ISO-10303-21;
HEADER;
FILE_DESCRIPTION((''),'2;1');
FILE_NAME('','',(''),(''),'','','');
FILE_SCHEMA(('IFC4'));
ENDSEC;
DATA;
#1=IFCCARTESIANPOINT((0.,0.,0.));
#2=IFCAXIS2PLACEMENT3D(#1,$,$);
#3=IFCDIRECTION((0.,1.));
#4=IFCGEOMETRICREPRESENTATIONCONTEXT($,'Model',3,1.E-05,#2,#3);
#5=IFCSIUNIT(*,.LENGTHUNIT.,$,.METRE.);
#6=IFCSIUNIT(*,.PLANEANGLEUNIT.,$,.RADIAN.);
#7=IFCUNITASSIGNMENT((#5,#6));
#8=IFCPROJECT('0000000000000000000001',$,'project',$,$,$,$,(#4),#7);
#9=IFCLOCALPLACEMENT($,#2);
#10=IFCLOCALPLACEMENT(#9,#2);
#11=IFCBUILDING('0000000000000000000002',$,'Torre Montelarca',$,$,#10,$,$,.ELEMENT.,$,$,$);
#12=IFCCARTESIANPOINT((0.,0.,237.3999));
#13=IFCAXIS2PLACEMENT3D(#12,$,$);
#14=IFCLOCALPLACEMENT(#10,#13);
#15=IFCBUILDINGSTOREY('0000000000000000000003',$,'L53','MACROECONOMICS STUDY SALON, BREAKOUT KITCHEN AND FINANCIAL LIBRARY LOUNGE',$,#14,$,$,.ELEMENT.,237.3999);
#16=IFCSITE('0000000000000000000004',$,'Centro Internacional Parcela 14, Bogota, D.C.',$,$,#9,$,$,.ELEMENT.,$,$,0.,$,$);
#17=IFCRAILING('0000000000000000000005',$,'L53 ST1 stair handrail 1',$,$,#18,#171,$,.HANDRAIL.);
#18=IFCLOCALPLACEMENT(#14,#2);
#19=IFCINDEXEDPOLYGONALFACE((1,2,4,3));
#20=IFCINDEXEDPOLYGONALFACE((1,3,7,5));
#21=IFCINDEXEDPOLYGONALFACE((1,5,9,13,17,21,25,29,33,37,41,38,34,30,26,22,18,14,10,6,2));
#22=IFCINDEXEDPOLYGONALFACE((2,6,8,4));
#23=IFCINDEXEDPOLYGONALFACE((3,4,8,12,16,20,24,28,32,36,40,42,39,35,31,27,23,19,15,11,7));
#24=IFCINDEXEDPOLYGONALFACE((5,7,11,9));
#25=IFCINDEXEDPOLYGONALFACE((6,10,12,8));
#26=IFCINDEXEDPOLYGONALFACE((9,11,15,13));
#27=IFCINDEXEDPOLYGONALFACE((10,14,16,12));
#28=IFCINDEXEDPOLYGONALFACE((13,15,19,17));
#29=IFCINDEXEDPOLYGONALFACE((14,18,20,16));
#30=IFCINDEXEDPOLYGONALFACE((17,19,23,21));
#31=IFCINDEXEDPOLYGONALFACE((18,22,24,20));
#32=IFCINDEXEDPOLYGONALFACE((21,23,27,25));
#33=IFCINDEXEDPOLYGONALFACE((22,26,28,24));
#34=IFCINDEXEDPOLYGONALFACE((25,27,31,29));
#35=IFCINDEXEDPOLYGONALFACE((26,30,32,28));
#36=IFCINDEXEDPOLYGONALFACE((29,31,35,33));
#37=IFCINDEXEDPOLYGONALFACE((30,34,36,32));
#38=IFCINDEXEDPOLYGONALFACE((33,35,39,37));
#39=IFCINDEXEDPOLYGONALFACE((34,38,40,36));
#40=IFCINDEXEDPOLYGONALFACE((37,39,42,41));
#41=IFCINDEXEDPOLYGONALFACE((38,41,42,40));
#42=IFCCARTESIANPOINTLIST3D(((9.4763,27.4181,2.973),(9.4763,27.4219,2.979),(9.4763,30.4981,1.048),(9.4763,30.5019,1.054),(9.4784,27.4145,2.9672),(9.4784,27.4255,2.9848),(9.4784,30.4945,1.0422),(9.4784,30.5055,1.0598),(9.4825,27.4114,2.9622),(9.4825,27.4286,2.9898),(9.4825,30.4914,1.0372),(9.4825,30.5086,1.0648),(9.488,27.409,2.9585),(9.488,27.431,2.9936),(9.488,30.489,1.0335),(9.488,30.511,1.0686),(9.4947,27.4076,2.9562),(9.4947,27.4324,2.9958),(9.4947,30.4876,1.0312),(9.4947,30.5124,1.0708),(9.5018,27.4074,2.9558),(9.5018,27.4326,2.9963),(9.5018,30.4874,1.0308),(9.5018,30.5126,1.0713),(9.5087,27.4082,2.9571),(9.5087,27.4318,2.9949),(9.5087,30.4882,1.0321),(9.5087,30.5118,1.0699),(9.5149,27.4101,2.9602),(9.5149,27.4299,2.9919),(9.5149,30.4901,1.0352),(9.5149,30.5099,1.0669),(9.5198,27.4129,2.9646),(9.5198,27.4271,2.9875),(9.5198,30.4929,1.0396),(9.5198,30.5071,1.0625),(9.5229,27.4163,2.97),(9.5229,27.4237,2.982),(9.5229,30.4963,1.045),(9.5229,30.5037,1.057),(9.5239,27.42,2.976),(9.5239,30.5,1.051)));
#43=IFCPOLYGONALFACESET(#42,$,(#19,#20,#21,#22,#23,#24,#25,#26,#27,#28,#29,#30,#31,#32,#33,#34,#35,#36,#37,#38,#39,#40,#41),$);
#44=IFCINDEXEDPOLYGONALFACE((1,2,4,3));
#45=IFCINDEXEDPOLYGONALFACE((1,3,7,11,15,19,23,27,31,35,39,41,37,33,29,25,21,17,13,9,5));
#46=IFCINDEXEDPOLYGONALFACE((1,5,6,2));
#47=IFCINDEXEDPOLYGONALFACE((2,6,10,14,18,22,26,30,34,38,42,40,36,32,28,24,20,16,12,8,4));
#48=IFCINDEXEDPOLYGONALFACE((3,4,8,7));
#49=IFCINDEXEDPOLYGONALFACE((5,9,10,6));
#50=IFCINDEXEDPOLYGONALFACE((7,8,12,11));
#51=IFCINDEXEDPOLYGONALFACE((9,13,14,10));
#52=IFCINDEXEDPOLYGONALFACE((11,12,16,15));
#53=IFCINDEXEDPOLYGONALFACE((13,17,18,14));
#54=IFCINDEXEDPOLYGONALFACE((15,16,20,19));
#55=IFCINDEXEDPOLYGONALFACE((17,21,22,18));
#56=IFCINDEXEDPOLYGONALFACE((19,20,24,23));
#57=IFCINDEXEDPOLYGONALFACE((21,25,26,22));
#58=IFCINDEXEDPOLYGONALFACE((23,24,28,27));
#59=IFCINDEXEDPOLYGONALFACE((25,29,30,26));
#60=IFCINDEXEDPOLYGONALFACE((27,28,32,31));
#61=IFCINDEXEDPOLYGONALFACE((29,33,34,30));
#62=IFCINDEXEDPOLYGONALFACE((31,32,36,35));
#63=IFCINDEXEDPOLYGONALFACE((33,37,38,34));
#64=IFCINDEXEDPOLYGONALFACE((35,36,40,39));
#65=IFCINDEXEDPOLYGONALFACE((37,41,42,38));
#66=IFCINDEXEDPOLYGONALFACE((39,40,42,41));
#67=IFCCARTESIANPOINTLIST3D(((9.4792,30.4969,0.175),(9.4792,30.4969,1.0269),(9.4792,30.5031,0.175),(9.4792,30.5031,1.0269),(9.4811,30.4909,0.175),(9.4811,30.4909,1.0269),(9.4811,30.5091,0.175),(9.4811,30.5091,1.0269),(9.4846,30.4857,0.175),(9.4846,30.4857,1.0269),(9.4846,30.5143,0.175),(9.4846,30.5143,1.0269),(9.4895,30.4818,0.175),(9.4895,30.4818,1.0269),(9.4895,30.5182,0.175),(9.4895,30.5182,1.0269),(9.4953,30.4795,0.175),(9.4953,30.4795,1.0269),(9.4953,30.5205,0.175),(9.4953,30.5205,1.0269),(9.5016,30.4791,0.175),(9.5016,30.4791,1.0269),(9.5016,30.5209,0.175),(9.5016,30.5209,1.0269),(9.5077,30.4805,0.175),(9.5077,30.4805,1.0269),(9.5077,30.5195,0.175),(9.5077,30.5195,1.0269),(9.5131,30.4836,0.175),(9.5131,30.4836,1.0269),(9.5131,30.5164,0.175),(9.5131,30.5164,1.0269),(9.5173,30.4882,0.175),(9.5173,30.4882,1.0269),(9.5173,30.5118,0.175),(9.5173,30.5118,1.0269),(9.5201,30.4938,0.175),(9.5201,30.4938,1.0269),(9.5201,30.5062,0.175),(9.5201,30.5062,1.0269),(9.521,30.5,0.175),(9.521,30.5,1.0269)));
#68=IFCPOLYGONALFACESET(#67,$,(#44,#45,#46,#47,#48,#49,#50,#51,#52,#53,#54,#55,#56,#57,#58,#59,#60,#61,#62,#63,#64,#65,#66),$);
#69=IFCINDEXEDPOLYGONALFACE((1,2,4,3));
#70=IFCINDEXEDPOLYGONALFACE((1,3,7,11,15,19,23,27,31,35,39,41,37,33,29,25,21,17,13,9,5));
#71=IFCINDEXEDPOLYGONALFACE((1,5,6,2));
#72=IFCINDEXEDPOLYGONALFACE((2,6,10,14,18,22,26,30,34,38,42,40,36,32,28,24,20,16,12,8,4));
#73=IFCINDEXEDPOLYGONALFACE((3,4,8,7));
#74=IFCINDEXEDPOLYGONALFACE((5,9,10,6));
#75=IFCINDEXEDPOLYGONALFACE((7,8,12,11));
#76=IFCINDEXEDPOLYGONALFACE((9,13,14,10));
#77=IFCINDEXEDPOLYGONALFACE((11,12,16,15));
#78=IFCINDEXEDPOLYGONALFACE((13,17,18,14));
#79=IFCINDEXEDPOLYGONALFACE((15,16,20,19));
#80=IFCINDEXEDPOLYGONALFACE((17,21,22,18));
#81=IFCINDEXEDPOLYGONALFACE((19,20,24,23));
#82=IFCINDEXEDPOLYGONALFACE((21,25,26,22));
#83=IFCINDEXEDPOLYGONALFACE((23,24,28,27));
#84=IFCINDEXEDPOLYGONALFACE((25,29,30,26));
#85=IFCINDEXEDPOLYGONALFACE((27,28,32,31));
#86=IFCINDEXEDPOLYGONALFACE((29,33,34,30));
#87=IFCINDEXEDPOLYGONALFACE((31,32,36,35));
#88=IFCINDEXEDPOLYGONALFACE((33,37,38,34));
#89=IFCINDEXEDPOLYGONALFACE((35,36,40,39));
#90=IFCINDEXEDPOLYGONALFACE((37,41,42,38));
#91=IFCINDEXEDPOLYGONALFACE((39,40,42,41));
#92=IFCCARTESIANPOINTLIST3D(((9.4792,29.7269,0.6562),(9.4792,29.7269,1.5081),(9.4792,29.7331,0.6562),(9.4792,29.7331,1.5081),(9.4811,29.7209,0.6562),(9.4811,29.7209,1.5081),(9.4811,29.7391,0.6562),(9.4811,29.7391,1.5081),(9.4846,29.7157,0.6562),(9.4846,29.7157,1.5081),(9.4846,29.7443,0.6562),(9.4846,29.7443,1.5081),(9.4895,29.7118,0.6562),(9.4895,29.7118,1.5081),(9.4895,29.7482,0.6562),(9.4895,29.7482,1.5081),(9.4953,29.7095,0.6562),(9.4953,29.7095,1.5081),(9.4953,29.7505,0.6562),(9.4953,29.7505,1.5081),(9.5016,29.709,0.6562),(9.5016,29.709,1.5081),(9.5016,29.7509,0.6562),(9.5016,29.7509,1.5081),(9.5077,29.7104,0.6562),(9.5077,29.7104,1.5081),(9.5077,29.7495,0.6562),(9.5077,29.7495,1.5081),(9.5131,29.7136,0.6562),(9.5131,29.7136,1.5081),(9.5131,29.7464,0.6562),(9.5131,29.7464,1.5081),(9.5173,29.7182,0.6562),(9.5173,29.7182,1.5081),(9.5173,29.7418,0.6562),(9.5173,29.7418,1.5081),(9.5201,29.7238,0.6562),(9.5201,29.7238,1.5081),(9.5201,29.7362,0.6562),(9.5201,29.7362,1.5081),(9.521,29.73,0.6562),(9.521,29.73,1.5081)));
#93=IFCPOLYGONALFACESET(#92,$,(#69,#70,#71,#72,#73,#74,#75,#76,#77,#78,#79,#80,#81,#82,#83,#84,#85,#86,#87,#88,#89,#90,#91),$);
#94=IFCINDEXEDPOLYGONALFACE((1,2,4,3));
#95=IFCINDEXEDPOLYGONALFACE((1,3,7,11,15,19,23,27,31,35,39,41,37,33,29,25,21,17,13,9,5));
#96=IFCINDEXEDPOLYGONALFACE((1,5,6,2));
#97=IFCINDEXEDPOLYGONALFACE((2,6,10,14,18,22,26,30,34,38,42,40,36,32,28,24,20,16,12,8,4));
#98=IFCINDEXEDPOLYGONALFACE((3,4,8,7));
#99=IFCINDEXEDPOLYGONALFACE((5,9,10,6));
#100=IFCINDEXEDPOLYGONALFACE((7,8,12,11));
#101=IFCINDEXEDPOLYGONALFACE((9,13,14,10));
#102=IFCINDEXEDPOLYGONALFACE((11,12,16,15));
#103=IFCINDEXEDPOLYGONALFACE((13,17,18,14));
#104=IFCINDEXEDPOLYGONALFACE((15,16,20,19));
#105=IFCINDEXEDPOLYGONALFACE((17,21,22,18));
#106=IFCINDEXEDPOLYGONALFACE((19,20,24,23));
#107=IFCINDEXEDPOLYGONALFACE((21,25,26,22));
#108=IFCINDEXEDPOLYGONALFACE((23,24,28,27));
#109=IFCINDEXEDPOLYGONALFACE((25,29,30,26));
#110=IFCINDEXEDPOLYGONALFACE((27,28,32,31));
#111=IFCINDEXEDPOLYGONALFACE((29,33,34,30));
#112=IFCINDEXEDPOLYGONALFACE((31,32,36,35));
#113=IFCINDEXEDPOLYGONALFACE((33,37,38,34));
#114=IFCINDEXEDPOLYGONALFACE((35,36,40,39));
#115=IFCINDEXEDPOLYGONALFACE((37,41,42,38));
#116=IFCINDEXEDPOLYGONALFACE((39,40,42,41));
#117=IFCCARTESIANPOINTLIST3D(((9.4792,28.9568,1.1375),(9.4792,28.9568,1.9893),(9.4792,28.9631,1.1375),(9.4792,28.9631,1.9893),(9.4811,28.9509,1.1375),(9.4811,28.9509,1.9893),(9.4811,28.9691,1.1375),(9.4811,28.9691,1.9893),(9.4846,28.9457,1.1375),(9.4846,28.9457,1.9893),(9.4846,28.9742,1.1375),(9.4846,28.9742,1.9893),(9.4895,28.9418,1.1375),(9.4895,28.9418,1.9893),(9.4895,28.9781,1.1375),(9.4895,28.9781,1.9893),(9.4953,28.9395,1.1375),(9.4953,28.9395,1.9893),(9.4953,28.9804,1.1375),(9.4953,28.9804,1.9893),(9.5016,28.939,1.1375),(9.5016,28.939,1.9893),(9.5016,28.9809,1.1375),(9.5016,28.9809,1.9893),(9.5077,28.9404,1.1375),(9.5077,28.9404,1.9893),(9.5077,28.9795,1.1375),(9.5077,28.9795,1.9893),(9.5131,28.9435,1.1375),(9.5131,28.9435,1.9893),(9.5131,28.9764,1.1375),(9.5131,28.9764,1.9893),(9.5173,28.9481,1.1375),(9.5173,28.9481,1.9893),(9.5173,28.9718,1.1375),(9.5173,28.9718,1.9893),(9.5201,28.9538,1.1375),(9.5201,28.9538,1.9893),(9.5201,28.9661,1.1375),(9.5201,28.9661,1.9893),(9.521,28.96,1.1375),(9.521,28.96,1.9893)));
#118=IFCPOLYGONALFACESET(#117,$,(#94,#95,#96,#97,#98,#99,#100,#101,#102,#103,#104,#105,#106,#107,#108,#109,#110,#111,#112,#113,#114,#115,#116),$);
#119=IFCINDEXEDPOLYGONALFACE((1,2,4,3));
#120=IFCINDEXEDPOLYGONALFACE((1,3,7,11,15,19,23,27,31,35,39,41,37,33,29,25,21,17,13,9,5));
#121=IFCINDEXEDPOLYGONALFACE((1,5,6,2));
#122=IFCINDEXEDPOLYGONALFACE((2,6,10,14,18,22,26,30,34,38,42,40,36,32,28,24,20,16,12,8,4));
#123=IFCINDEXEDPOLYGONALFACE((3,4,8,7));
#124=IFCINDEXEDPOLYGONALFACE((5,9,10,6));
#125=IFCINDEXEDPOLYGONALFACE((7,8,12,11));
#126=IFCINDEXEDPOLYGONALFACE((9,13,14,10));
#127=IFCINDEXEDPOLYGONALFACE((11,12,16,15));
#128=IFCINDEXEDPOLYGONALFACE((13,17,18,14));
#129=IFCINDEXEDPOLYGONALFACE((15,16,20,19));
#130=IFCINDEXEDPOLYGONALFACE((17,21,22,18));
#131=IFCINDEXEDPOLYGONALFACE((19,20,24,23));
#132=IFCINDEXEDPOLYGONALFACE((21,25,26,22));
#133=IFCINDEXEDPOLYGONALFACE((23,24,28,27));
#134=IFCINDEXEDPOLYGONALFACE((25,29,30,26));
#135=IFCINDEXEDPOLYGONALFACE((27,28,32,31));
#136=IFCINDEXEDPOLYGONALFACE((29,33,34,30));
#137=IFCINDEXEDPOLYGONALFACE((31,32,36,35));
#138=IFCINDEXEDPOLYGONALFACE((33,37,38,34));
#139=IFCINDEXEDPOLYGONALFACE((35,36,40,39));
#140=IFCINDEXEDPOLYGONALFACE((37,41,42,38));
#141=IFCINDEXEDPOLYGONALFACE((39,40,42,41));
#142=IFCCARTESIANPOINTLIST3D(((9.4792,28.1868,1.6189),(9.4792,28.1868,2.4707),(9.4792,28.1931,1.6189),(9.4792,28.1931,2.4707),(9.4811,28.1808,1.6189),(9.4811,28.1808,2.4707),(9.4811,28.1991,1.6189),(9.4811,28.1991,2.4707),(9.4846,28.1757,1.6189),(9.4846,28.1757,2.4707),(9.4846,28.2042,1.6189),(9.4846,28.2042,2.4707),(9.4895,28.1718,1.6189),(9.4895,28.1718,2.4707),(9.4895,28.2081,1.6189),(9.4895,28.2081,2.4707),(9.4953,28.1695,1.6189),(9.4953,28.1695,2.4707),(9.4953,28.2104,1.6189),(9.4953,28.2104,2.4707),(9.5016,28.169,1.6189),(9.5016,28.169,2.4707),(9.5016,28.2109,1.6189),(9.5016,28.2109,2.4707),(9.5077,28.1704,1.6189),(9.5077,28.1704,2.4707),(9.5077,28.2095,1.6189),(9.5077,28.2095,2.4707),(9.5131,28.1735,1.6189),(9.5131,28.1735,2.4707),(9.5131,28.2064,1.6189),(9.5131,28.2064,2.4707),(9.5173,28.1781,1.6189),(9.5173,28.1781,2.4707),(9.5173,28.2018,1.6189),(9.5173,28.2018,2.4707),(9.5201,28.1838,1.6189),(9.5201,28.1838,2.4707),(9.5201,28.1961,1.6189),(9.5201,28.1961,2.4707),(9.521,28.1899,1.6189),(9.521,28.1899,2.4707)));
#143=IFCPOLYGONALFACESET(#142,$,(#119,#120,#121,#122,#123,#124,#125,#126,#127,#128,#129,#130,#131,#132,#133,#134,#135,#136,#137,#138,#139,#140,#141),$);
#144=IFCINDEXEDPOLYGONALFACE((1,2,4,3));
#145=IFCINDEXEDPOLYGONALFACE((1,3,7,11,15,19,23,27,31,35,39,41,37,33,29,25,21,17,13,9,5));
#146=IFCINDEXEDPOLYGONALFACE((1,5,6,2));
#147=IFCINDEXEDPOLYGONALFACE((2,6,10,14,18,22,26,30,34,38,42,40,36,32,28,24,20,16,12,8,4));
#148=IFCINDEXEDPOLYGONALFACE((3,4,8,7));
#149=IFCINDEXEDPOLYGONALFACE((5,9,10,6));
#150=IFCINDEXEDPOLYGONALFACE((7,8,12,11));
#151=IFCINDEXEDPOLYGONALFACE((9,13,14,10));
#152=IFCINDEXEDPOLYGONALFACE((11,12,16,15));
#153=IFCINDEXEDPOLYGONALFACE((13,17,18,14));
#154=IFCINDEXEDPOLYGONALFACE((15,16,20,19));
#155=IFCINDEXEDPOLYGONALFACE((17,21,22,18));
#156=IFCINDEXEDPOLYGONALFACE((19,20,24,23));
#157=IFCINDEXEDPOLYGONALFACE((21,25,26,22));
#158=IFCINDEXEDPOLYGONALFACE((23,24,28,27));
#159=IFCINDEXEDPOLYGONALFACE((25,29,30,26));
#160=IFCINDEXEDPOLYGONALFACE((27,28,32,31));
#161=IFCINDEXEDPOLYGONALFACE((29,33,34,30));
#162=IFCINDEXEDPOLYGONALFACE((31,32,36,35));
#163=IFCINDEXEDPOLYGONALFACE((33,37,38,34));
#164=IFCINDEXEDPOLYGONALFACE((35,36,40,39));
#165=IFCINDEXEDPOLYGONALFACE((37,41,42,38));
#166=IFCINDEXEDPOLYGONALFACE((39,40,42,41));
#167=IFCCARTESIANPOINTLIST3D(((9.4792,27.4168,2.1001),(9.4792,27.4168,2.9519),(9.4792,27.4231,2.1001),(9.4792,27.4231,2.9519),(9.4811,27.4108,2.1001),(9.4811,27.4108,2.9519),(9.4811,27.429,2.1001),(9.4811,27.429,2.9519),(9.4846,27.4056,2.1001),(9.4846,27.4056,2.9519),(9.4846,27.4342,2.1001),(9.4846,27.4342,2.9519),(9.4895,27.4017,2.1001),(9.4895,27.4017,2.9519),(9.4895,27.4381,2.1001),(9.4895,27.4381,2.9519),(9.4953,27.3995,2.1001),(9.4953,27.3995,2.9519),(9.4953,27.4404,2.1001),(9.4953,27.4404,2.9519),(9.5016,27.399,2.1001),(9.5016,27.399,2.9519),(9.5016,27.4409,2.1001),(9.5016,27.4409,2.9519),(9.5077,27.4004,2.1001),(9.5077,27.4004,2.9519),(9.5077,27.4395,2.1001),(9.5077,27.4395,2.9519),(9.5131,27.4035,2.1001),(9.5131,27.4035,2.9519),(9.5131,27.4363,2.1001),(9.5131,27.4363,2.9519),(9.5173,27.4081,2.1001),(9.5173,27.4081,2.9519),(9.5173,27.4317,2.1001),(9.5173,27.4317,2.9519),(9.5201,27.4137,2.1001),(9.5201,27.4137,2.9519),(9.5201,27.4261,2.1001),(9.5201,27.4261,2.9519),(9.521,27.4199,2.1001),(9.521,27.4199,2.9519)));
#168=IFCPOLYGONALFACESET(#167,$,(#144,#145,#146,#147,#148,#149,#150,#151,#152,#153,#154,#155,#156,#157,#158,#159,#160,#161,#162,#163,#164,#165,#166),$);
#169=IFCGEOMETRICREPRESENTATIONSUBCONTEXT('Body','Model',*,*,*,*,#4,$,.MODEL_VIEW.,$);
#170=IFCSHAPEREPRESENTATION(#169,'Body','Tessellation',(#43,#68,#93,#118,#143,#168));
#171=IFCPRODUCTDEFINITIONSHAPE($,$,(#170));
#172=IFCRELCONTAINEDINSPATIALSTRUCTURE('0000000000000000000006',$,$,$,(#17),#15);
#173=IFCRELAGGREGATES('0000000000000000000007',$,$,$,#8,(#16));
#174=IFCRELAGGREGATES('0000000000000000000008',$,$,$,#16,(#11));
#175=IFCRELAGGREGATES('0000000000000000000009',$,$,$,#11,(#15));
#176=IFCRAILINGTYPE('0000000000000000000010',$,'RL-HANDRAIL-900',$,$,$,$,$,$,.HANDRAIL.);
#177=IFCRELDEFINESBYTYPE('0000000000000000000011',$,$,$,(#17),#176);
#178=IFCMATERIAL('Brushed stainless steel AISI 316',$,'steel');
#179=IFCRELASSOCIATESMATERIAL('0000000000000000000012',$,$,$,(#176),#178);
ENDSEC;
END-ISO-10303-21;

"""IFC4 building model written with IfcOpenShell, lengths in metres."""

from ifc_helpers import new_model, si_unit, direction, frame, origin, origin_2d, place, context, subcontext, project, spatial, circle, extrude, material, type_object, element, save


model = new_model("IFC4")

# Units and contexts
model_context = context("Model", 3, precision=1e-05, world=origin(), true_north=direction((0.0, 1.0)))
body_context = subcontext(model_context, "Body", "Model", "MODEL_VIEW")
ifc_project = project(units=[si_unit("LENGTHUNIT", "METRE"), si_unit("PLANEANGLEUNIT", "RADIAN")], contexts=[model_context])

# Site, building, storey
site_placement = place(None, origin())
site = spatial("IfcSite", under=ifc_project, at=site_placement, Name="Centro Internacional Parcela 14, Bogota, D.C.", CompositionType="ELEMENT", RefElevation=0.0)
building_placement = place(site_placement, origin())
building = spatial("IfcBuilding", under=site, at=building_placement, Name="Torre Montelarca", CompositionType="ELEMENT")
storey_placement = place(building_placement, frame((0.0, 0.0, 237.3999)))
storey = spatial("IfcBuildingStorey", under=building, at=storey_placement, Name="L53", Description="MACROECONOMICS STUDY SALON, BREAKOUT KITCHEN AND FINANCIAL LIBRARY LOUNGE", CompositionType="ELEMENT", Elevation=237.3999)

# Railing
ifc_material_1 = material(Name="Brushed stainless steel AISI 316", Category="steel")
railing_type_1 = type_object("IfcRailingType", Name="RL-HANDRAIL-900", PredefinedType="HANDRAIL", material=ifc_material_1)
railing_1_placement = place(storey_placement, frame((9.5, 30.5, 0.175)))
element("IfcRailing", 1, at=railing_1_placement, inside=storey, type_object=railing_type_1, Name="L53 ST1 stair handrail 1", PredefinedType="HANDRAIL", context=body_context, shape_type="SweptSolid", body=[
    extrude(circle(Radius=0.0239, at=origin_2d()), frame((0.0, 0.0, 0.876), z_axis=(0.0, -0.847998, 0.529999), x_axis=(1.0, 0.0, 0.0)), (0.0, 0.0, 1.0), 3.6321),
    extrude(circle(Radius=0.021, at=origin_2d()), origin(), (0.0, 0.0, 1.0), 0.8518),
    extrude(circle(Radius=0.021, at=origin_2d()), frame((0.0, -0.77, 0.4812)), (0.0, 0.0, 1.0), 0.8518),
    extrude(circle(Radius=0.021, at=origin_2d()), frame((0.0, -1.54, 0.9624)), (0.0, 0.0, 1.0), 0.8518),
    extrude(circle(Radius=0.021, at=origin_2d()), frame((0.0, -2.3101, 1.4438)), (0.0, 0.0, 1.0), 0.8518),
    extrude(circle(Radius=0.021, at=origin_2d()), frame((0.0, -3.0801, 1.925)), (0.0, 0.0, 1.0), 0.8518),
])

save(model, "model.ifc")
